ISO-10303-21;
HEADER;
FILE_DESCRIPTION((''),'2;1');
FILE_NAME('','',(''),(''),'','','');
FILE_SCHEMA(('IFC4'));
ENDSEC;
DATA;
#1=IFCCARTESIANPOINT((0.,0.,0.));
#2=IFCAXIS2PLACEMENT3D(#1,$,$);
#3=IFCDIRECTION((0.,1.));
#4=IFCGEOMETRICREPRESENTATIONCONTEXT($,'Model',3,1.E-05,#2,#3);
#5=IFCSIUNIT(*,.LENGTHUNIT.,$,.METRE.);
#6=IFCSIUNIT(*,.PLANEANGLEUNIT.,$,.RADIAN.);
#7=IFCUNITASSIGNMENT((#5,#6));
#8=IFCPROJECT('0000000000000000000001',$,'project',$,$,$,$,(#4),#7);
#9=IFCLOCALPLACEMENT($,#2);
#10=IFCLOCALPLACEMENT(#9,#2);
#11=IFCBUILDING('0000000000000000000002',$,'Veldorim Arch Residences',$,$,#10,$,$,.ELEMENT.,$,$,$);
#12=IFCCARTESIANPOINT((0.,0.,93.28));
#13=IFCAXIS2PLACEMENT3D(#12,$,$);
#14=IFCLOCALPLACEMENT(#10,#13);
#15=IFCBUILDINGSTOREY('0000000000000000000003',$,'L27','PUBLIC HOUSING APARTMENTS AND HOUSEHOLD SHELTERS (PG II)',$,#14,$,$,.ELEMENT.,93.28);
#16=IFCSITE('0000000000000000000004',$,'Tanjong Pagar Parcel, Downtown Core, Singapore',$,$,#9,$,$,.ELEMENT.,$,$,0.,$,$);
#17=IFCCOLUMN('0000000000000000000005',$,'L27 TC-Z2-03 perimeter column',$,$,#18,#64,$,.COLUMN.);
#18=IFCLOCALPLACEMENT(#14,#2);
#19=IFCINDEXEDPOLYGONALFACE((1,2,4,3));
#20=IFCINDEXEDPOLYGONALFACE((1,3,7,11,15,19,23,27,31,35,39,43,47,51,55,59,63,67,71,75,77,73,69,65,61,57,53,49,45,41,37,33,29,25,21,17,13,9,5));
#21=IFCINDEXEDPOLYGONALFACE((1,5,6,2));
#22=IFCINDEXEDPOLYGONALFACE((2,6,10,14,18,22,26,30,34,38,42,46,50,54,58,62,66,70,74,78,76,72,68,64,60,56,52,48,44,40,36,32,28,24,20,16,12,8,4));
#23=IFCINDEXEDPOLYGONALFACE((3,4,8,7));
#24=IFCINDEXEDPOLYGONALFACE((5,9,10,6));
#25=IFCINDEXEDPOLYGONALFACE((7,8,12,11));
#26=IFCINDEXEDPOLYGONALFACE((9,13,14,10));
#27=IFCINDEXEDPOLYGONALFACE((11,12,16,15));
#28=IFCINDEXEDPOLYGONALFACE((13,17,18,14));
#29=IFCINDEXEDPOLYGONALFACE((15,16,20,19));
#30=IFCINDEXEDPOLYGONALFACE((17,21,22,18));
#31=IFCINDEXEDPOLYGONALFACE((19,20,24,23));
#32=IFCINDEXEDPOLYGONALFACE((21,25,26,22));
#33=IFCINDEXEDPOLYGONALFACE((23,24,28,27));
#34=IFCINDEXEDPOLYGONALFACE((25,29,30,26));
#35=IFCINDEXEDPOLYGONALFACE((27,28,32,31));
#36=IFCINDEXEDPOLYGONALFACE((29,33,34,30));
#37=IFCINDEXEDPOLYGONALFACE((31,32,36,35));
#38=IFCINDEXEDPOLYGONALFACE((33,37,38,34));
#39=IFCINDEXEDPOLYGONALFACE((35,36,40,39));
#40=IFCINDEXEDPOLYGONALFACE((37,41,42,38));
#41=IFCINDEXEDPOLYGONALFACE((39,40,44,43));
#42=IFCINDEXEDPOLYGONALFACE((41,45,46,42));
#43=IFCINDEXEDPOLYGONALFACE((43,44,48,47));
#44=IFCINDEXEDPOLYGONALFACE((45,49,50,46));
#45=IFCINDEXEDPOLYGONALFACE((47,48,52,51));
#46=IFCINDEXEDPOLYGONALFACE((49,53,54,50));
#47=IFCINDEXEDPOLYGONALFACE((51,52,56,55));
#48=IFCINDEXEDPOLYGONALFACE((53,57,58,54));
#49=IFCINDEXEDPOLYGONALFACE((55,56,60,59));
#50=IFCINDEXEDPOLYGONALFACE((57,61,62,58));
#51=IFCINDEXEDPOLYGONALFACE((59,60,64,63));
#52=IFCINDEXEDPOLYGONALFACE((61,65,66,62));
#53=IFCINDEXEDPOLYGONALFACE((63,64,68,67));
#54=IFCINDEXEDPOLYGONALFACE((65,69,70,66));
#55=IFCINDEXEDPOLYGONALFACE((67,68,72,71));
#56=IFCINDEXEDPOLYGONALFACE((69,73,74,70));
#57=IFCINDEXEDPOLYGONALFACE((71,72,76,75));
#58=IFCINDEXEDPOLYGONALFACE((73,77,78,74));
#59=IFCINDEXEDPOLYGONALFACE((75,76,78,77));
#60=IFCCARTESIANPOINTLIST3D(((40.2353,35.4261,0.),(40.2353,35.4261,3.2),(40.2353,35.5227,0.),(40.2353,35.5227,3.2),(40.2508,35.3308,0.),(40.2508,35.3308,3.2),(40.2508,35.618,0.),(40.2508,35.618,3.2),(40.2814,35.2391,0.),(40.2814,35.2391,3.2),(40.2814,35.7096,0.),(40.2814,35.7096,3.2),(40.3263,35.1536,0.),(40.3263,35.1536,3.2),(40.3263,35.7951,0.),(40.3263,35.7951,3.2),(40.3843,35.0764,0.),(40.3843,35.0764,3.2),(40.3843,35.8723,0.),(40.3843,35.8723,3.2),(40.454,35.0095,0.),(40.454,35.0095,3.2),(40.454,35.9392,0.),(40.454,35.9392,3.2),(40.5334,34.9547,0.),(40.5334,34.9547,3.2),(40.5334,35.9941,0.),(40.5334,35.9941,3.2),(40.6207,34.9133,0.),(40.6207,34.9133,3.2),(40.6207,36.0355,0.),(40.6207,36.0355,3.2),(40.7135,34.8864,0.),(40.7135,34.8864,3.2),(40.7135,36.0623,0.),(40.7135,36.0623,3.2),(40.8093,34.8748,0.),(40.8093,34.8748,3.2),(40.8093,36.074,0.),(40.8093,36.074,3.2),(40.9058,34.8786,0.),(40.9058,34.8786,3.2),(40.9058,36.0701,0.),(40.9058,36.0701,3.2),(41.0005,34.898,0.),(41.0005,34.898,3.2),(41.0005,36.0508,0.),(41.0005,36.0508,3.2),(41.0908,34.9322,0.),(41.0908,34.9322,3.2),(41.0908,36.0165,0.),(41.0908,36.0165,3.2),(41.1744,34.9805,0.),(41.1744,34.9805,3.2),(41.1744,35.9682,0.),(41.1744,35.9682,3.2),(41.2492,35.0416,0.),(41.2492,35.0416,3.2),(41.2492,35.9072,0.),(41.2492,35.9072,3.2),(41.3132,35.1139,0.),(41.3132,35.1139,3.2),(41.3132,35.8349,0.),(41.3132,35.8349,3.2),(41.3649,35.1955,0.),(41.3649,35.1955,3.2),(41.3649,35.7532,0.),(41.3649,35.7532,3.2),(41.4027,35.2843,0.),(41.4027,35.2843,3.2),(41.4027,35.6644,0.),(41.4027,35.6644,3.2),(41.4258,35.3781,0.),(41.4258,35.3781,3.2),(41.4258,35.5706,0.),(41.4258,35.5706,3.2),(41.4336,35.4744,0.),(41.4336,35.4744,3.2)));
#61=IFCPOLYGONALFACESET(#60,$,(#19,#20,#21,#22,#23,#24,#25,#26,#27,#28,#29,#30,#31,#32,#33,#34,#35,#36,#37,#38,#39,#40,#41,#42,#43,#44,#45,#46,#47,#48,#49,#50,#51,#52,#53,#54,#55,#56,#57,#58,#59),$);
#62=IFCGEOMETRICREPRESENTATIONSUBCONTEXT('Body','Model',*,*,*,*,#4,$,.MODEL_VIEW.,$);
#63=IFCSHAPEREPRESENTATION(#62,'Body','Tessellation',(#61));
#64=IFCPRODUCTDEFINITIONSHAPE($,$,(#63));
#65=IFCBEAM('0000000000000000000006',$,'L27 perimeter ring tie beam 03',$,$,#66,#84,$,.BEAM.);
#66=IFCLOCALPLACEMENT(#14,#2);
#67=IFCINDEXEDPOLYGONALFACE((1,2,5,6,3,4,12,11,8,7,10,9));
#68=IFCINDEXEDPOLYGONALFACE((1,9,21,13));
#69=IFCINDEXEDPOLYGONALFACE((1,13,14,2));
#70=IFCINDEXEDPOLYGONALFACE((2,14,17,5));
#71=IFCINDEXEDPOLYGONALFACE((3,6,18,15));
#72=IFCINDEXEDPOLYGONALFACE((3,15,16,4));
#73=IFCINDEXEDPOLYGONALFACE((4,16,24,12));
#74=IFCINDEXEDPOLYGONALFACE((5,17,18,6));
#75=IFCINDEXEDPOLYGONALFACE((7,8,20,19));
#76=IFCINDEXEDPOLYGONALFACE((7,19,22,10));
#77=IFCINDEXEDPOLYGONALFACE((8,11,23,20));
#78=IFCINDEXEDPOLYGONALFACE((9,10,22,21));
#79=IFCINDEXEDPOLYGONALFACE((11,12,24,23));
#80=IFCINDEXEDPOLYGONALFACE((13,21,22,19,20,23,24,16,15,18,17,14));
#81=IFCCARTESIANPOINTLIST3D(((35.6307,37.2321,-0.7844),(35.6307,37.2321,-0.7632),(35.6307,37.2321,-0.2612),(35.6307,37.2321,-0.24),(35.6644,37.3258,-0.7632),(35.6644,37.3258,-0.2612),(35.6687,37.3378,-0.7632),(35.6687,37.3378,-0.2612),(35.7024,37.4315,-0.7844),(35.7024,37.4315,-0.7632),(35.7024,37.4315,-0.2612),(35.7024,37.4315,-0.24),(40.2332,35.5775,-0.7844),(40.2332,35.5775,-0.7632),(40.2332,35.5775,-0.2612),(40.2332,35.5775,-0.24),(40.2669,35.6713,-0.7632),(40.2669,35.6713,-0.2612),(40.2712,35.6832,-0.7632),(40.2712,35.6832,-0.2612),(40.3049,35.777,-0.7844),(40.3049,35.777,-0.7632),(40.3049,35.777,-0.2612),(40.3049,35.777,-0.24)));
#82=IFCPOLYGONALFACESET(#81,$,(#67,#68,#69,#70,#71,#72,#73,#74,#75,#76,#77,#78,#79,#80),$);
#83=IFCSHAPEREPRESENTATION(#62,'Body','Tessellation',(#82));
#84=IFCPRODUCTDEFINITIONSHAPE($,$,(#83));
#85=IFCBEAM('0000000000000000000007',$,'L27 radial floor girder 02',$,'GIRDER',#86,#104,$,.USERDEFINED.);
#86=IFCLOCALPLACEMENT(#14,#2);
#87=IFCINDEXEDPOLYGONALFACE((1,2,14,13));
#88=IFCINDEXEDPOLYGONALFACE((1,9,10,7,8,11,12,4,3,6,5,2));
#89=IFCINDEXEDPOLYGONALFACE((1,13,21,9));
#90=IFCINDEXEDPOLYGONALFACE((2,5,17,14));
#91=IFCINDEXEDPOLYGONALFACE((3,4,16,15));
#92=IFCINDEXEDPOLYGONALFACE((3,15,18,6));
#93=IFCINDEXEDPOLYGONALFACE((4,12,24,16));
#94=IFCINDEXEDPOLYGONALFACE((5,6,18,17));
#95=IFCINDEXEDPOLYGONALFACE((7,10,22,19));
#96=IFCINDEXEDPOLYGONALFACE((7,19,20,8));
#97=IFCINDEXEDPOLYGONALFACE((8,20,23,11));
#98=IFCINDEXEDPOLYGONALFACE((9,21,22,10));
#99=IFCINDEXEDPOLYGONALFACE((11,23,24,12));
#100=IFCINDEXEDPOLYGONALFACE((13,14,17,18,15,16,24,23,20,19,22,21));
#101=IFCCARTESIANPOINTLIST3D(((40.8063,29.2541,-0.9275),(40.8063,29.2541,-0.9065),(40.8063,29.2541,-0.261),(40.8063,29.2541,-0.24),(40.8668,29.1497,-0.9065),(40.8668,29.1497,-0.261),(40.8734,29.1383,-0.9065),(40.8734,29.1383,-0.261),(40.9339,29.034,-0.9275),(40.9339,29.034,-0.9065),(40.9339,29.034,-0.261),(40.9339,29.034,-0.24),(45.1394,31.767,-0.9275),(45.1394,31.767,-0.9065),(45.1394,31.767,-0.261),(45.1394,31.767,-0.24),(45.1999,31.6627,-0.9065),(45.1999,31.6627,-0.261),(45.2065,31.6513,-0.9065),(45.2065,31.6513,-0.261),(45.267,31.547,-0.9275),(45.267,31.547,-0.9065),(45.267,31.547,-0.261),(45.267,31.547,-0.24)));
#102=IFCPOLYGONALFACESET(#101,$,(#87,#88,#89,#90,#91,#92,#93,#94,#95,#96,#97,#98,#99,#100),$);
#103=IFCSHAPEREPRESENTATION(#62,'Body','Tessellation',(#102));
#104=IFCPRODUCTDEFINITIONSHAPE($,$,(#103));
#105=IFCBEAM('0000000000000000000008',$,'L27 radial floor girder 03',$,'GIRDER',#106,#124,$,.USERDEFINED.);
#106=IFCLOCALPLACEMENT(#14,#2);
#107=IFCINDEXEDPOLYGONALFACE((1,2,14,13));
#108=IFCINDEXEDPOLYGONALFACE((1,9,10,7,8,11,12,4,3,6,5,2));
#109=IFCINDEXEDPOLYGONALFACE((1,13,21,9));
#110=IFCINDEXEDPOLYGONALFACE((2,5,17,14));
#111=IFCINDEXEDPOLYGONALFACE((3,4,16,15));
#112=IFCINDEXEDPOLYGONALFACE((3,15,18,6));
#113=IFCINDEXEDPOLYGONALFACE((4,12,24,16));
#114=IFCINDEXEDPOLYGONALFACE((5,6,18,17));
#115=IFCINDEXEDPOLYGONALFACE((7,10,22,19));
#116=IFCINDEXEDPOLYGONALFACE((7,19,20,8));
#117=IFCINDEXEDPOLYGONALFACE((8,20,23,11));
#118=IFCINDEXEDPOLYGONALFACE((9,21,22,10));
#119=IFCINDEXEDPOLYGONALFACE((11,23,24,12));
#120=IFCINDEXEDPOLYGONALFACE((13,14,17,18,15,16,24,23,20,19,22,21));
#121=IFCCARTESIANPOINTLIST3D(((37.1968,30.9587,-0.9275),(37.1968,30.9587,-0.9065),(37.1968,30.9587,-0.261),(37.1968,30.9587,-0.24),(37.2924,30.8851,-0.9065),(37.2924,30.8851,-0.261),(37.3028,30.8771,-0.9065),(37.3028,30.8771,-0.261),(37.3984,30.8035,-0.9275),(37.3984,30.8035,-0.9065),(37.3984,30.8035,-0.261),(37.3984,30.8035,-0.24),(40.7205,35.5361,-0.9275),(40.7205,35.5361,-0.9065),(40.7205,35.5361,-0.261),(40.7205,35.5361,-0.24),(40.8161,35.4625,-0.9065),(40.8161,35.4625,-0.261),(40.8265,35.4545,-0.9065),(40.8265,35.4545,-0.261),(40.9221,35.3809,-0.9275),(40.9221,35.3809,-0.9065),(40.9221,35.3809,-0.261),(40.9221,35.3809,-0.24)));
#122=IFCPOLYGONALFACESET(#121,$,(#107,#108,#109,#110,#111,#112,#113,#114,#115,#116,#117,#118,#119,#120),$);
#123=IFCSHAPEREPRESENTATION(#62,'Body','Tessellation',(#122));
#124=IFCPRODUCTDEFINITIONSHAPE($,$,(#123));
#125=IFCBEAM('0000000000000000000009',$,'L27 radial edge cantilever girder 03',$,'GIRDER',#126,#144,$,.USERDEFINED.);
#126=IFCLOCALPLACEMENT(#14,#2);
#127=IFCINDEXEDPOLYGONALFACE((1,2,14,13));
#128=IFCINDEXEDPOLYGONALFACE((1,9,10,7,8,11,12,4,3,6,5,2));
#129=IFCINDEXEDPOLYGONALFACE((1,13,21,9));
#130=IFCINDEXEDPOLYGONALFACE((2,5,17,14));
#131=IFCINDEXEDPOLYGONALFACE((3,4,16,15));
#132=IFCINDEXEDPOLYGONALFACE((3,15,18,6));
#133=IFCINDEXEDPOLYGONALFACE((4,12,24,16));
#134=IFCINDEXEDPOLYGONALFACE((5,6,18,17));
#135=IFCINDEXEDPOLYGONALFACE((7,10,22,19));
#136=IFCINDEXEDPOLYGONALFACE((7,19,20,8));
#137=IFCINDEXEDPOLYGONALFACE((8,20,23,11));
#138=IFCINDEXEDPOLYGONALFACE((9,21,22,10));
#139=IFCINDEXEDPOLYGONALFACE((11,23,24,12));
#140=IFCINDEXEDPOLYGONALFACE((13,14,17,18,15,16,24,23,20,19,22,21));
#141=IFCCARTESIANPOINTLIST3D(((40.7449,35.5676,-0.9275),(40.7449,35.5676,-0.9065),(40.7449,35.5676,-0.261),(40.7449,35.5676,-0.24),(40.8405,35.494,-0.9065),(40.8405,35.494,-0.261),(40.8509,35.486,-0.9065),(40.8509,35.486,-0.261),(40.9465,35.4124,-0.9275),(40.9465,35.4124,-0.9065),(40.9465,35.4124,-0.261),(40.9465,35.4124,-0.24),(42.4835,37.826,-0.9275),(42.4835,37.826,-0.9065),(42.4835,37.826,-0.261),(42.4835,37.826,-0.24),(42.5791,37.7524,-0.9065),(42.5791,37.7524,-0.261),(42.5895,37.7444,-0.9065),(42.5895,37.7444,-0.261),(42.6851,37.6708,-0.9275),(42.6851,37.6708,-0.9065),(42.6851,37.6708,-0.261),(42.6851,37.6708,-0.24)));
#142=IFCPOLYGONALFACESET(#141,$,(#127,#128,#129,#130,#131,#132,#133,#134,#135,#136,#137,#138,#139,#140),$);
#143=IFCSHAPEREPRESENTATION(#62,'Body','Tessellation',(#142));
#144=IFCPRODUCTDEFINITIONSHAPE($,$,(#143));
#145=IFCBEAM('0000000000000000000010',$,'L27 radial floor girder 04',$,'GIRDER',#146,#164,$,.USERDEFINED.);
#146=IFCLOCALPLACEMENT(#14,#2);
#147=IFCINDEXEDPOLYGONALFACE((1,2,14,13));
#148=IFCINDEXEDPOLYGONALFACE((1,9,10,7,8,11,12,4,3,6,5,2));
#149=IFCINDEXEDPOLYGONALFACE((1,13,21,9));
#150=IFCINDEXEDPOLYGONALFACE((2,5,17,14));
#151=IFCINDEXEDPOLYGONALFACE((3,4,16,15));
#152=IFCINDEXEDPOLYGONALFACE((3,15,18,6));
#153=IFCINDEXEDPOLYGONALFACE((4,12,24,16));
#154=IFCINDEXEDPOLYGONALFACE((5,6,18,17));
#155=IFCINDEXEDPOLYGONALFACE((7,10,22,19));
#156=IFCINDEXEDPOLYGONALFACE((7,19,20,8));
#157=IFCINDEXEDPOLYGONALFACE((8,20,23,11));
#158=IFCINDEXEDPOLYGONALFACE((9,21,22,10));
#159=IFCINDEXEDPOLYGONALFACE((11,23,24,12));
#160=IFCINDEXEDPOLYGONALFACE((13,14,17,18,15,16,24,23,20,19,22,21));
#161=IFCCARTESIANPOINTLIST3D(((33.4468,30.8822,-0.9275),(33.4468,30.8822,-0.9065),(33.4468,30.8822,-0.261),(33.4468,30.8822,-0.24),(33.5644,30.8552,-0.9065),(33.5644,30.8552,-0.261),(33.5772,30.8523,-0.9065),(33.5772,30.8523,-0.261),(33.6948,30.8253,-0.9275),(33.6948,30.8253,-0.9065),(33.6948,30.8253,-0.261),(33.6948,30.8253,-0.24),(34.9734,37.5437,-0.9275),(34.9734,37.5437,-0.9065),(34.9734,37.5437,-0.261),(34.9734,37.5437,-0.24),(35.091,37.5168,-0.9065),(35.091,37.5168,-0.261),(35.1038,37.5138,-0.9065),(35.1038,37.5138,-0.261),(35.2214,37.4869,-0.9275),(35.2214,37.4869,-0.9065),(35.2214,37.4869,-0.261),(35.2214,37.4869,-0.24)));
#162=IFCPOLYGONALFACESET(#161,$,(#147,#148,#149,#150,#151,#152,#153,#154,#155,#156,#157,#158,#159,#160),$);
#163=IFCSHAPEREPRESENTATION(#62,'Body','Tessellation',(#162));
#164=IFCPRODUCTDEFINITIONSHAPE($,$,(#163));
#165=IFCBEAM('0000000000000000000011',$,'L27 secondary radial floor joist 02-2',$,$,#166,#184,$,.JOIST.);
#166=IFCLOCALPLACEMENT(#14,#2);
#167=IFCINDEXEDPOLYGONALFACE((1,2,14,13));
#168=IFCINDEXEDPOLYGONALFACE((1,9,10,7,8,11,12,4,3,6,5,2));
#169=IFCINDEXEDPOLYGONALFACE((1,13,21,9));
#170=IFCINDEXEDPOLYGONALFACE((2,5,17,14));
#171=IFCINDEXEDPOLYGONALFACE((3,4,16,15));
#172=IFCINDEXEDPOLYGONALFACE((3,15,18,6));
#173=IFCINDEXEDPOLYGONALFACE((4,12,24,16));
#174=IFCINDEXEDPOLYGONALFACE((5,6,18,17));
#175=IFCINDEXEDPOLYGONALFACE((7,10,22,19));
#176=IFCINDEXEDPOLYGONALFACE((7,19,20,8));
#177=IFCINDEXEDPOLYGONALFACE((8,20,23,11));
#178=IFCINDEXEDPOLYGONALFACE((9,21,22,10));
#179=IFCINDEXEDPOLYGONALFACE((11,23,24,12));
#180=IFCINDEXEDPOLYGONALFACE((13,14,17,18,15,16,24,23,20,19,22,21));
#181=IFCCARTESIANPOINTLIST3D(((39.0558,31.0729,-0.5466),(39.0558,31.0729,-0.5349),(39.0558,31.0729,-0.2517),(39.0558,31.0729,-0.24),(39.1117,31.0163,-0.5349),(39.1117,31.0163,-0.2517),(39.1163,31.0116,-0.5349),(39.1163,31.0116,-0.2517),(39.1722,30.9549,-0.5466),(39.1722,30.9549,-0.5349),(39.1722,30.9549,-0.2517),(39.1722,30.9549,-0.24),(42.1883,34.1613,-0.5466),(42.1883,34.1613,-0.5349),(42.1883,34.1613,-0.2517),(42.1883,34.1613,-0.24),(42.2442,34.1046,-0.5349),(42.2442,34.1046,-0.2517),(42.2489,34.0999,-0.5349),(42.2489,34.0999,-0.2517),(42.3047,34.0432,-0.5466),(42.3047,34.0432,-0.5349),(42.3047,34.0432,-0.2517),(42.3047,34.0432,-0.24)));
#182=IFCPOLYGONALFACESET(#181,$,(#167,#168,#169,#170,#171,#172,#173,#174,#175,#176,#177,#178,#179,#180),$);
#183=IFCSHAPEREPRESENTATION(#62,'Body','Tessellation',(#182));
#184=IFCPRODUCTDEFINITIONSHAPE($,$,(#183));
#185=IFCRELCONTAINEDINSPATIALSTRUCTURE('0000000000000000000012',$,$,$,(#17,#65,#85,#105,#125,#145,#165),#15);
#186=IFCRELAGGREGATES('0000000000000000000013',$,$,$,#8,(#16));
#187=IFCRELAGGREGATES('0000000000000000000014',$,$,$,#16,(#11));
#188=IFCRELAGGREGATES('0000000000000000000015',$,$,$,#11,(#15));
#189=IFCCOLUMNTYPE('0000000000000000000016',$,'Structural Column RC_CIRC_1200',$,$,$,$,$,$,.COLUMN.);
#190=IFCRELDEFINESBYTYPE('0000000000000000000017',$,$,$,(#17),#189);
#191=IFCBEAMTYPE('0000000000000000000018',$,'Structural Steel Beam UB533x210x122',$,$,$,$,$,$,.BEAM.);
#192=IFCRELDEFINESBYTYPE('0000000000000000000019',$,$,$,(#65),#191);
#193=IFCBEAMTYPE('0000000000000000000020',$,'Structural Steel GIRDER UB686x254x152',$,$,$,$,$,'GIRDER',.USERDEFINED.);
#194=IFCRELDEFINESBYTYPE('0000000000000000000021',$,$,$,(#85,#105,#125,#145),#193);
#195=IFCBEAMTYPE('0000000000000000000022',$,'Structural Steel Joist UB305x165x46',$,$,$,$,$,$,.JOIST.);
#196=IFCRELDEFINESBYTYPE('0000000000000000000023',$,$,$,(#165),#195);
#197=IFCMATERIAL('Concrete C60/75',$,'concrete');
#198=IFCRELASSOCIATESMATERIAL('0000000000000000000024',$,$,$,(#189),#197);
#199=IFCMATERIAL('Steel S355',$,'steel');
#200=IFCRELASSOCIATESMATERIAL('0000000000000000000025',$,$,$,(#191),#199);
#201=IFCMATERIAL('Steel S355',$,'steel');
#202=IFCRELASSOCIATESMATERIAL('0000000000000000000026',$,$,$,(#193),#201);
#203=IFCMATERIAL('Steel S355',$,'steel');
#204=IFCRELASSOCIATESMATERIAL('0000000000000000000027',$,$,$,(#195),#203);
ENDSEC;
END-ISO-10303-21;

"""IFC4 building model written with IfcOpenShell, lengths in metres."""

from ifc_helpers import new_model, si_unit, direction, frame, origin, origin_2d, place, context, subcontext, project, spatial, circle, i_section, extrude, material, material_profile, profile_set, type_object, element, save


model = new_model("IFC4")

# Units and contexts
model_context = context("Model", 3, precision=1e-05, world=origin(), true_north=direction((0.0, 1.0)))
body_context = subcontext(model_context, "Body", "Model", "MODEL_VIEW")
ifc_project = project(units=[si_unit("LENGTHUNIT", "METRE"), si_unit("PLANEANGLEUNIT", "RADIAN")], contexts=[model_context])

# Site, building, storey
site_placement = place(None, origin())
site = spatial("IfcSite", under=ifc_project, at=site_placement, Name="Tanjong Pagar Parcel, Downtown Core, Singapore", CompositionType="ELEMENT", RefElevation=0.0)
building_placement = place(site_placement, origin())
building = spatial("IfcBuilding", under=site, at=building_placement, Name="Veldorim Arch Residences", CompositionType="ELEMENT")
storey_placement = place(building_placement, frame((0.0, 0.0, 93.28)))
storey = spatial("IfcBuildingStorey", under=building, at=storey_placement, Name="L27", Description="PUBLIC HOUSING APARTMENTS AND HOUSEHOLD SHELTERS (PG II)", CompositionType="ELEMENT", Elevation=93.28)

# Column
ifc_material_1 = material(Name="Concrete C60/75", Category="concrete")
ifc_material_profile_1 = material_profile(ifc_material_1, circle(Radius=0.6001, at=origin_2d()), Name="RC_CIRC_1200")
ifc_profile_set_1 = profile_set([ifc_material_profile_1], Name="Concrete C60/75")
column_type = type_object("IfcColumnType", Name="Structural Column RC_CIRC_1200", PredefinedType="COLUMN", material=ifc_profile_set_1)
column_placement = place(storey_placement, frame((40.8335, 35.4744, 0.0), z_axis=(0.0, 0.0, 1.0), x_axis=(1.0, 0.0, 0.0)))
element("IfcColumn", 1, at=column_placement, inside=storey, type_object=column_type, Name="L27 TC-Z2-03 perimeter column", PredefinedType="COLUMN", context=body_context, shape_type="SweptSolid", body=[
    extrude(circle(Radius=0.6001, at=origin_2d()), origin(), (0.0, 0.0, 1.0), 3.2),
])

# Beams
ifc_material_2 = material(Name="Steel S355", Category="steel")
ifc_material_profile_2 = material_profile(ifc_material_2, i_section(OverallWidth=0.2119, OverallDepth=0.5444, WebThickness=0.0127, FlangeThickness=0.0212, at=origin_2d()), Name="UB533x210x122")
ifc_profile_set_2 = profile_set([ifc_material_profile_2], Name="Steel S355")
beam_type_1 = type_object("IfcBeamType", Name="Structural Steel Beam UB533x210x122", PredefinedType="BEAM", material=ifc_profile_set_2)
beam_1_placement = place(storey_placement, frame((40.269, 35.6772, -0.5122), z_axis=(-0.941042, 0.33829, 0.0), x_axis=(-0.33829, -0.941042, 0.0)))
element("IfcBeam", 2, at=beam_1_placement, inside=storey, type_object=beam_type_1, Name="L27 perimeter ring tie beam 03", PredefinedType="BEAM", context=body_context, shape_type="SweptSolid", body=[
    extrude(i_section(OverallWidth=0.2119, OverallDepth=0.5444, WebThickness=0.0127, FlangeThickness=0.0212, at=origin_2d()), origin(), (0.0, 0.0, 1.0), 4.8909),
])
ifc_material_3 = material(Name="Steel S355", Category="steel")
ifc_material_profile_3 = material_profile(ifc_material_3, i_section(OverallWidth=0.2544, OverallDepth=0.6875, WebThickness=0.0132, FlangeThickness=0.021, at=origin_2d()), Name="UB686x254x152")
ifc_profile_set_3 = profile_set([ifc_material_profile_3], Name="Steel S355")
beam_type_2 = type_object("IfcBeamType", Name="Structural Steel GIRDER UB686x254x152", ElementType="GIRDER", PredefinedType="USERDEFINED", material=ifc_profile_set_3)
beam_2_placement = place(storey_placement, frame((40.8701, 29.144, -0.5837), z_axis=(0.865049, 0.501687, 0.0), x_axis=(-0.501687, 0.865049, 0.0)))
element("IfcBeam", 3, at=beam_2_placement, inside=storey, type_object=beam_type_2, Name="L27 radial floor girder 02", ObjectType="GIRDER", PredefinedType="USERDEFINED", context=body_context, shape_type="SweptSolid", body=[
    extrude(i_section(OverallWidth=0.2544, OverallDepth=0.6875, WebThickness=0.0132, FlangeThickness=0.021, at=origin_2d()), origin(), (0.0, 0.0, 1.0), 5.009),
])
beam_3_placement = place(storey_placement, frame((37.2976, 30.8811, -0.5837), z_axis=(0.609995, 0.792406, 0.0), x_axis=(-0.792406, 0.609995, 0.0)))
element("IfcBeam", 4, at=beam_3_placement, inside=storey, type_object=beam_type_2, Name="L27 radial floor girder 03", ObjectType="GIRDER", PredefinedType="USERDEFINED", context=body_context, shape_type="SweptSolid", body=[
    extrude(i_section(OverallWidth=0.2544, OverallDepth=0.6875, WebThickness=0.0132, FlangeThickness=0.021, at=origin_2d()), origin(), (0.0, 0.0, 1.0), 5.7766),
])
beam_4_placement = place(storey_placement, frame((40.8457, 35.49, -0.5837), z_axis=(0.610013, 0.792391, 0.0), x_axis=(-0.792391, 0.610013, 0.0)))
element("IfcBeam", 5, at=beam_4_placement, inside=storey, type_object=beam_type_2, Name="L27 radial edge cantilever girder 03", ObjectType="GIRDER", PredefinedType="USERDEFINED", context=body_context, shape_type="SweptSolid", body=[
    extrude(i_section(OverallWidth=0.2544, OverallDepth=0.6875, WebThickness=0.0132, FlangeThickness=0.021, at=origin_2d()), origin(), (0.0, 0.0, 1.0), 2.8501),
])
beam_5_placement = place(storey_placement, frame((33.5708, 30.8538, -0.5837), z_axis=(0.223375, 0.974733, 0.0), x_axis=(-0.974733, 0.223375, 0.0)))
element("IfcBeam", 6, at=beam_5_placement, inside=storey, type_object=beam_type_2, Name="L27 radial floor girder 04", ObjectType="GIRDER", PredefinedType="USERDEFINED", context=body_context, shape_type="SweptSolid", body=[
    extrude(i_section(OverallWidth=0.2544, OverallDepth=0.6875, WebThickness=0.0132, FlangeThickness=0.021, at=origin_2d()), origin(), (0.0, 0.0, 1.0), 6.8342),
])
ifc_material_4 = material(Name="Steel S355", Category="steel")
ifc_material_profile_4 = material_profile(ifc_material_4, i_section(OverallWidth=0.1658, OverallDepth=0.3066, WebThickness=0.0066, FlangeThickness=0.0117, at=origin_2d()), Name="UB305x165x46")
ifc_profile_set_4 = profile_set([ifc_material_profile_4], Name="Steel S355")
beam_type_3 = type_object("IfcBeamType", Name="Structural Steel Joist UB305x165x46", PredefinedType="JOIST", material=ifc_profile_set_4)
beam_6_placement = place(storey_placement, frame((39.114, 31.0139, -0.3933), z_axis=(0.712112, 0.702066, 0.0), x_axis=(-0.702066, 0.712112, 0.0)))
element("IfcBeam", 7, at=beam_6_placement, inside=storey, type_object=beam_type_3, Name="L27 secondary radial floor joist 02-2", PredefinedType="JOIST", context=body_context, shape_type="SweptSolid", body=[
    extrude(i_section(OverallWidth=0.1658, OverallDepth=0.3066, WebThickness=0.0066, FlangeThickness=0.0117, at=origin_2d()), origin(), (0.0, 0.0, 1.0), 4.3989),
])

save(model, "model.ifc")
